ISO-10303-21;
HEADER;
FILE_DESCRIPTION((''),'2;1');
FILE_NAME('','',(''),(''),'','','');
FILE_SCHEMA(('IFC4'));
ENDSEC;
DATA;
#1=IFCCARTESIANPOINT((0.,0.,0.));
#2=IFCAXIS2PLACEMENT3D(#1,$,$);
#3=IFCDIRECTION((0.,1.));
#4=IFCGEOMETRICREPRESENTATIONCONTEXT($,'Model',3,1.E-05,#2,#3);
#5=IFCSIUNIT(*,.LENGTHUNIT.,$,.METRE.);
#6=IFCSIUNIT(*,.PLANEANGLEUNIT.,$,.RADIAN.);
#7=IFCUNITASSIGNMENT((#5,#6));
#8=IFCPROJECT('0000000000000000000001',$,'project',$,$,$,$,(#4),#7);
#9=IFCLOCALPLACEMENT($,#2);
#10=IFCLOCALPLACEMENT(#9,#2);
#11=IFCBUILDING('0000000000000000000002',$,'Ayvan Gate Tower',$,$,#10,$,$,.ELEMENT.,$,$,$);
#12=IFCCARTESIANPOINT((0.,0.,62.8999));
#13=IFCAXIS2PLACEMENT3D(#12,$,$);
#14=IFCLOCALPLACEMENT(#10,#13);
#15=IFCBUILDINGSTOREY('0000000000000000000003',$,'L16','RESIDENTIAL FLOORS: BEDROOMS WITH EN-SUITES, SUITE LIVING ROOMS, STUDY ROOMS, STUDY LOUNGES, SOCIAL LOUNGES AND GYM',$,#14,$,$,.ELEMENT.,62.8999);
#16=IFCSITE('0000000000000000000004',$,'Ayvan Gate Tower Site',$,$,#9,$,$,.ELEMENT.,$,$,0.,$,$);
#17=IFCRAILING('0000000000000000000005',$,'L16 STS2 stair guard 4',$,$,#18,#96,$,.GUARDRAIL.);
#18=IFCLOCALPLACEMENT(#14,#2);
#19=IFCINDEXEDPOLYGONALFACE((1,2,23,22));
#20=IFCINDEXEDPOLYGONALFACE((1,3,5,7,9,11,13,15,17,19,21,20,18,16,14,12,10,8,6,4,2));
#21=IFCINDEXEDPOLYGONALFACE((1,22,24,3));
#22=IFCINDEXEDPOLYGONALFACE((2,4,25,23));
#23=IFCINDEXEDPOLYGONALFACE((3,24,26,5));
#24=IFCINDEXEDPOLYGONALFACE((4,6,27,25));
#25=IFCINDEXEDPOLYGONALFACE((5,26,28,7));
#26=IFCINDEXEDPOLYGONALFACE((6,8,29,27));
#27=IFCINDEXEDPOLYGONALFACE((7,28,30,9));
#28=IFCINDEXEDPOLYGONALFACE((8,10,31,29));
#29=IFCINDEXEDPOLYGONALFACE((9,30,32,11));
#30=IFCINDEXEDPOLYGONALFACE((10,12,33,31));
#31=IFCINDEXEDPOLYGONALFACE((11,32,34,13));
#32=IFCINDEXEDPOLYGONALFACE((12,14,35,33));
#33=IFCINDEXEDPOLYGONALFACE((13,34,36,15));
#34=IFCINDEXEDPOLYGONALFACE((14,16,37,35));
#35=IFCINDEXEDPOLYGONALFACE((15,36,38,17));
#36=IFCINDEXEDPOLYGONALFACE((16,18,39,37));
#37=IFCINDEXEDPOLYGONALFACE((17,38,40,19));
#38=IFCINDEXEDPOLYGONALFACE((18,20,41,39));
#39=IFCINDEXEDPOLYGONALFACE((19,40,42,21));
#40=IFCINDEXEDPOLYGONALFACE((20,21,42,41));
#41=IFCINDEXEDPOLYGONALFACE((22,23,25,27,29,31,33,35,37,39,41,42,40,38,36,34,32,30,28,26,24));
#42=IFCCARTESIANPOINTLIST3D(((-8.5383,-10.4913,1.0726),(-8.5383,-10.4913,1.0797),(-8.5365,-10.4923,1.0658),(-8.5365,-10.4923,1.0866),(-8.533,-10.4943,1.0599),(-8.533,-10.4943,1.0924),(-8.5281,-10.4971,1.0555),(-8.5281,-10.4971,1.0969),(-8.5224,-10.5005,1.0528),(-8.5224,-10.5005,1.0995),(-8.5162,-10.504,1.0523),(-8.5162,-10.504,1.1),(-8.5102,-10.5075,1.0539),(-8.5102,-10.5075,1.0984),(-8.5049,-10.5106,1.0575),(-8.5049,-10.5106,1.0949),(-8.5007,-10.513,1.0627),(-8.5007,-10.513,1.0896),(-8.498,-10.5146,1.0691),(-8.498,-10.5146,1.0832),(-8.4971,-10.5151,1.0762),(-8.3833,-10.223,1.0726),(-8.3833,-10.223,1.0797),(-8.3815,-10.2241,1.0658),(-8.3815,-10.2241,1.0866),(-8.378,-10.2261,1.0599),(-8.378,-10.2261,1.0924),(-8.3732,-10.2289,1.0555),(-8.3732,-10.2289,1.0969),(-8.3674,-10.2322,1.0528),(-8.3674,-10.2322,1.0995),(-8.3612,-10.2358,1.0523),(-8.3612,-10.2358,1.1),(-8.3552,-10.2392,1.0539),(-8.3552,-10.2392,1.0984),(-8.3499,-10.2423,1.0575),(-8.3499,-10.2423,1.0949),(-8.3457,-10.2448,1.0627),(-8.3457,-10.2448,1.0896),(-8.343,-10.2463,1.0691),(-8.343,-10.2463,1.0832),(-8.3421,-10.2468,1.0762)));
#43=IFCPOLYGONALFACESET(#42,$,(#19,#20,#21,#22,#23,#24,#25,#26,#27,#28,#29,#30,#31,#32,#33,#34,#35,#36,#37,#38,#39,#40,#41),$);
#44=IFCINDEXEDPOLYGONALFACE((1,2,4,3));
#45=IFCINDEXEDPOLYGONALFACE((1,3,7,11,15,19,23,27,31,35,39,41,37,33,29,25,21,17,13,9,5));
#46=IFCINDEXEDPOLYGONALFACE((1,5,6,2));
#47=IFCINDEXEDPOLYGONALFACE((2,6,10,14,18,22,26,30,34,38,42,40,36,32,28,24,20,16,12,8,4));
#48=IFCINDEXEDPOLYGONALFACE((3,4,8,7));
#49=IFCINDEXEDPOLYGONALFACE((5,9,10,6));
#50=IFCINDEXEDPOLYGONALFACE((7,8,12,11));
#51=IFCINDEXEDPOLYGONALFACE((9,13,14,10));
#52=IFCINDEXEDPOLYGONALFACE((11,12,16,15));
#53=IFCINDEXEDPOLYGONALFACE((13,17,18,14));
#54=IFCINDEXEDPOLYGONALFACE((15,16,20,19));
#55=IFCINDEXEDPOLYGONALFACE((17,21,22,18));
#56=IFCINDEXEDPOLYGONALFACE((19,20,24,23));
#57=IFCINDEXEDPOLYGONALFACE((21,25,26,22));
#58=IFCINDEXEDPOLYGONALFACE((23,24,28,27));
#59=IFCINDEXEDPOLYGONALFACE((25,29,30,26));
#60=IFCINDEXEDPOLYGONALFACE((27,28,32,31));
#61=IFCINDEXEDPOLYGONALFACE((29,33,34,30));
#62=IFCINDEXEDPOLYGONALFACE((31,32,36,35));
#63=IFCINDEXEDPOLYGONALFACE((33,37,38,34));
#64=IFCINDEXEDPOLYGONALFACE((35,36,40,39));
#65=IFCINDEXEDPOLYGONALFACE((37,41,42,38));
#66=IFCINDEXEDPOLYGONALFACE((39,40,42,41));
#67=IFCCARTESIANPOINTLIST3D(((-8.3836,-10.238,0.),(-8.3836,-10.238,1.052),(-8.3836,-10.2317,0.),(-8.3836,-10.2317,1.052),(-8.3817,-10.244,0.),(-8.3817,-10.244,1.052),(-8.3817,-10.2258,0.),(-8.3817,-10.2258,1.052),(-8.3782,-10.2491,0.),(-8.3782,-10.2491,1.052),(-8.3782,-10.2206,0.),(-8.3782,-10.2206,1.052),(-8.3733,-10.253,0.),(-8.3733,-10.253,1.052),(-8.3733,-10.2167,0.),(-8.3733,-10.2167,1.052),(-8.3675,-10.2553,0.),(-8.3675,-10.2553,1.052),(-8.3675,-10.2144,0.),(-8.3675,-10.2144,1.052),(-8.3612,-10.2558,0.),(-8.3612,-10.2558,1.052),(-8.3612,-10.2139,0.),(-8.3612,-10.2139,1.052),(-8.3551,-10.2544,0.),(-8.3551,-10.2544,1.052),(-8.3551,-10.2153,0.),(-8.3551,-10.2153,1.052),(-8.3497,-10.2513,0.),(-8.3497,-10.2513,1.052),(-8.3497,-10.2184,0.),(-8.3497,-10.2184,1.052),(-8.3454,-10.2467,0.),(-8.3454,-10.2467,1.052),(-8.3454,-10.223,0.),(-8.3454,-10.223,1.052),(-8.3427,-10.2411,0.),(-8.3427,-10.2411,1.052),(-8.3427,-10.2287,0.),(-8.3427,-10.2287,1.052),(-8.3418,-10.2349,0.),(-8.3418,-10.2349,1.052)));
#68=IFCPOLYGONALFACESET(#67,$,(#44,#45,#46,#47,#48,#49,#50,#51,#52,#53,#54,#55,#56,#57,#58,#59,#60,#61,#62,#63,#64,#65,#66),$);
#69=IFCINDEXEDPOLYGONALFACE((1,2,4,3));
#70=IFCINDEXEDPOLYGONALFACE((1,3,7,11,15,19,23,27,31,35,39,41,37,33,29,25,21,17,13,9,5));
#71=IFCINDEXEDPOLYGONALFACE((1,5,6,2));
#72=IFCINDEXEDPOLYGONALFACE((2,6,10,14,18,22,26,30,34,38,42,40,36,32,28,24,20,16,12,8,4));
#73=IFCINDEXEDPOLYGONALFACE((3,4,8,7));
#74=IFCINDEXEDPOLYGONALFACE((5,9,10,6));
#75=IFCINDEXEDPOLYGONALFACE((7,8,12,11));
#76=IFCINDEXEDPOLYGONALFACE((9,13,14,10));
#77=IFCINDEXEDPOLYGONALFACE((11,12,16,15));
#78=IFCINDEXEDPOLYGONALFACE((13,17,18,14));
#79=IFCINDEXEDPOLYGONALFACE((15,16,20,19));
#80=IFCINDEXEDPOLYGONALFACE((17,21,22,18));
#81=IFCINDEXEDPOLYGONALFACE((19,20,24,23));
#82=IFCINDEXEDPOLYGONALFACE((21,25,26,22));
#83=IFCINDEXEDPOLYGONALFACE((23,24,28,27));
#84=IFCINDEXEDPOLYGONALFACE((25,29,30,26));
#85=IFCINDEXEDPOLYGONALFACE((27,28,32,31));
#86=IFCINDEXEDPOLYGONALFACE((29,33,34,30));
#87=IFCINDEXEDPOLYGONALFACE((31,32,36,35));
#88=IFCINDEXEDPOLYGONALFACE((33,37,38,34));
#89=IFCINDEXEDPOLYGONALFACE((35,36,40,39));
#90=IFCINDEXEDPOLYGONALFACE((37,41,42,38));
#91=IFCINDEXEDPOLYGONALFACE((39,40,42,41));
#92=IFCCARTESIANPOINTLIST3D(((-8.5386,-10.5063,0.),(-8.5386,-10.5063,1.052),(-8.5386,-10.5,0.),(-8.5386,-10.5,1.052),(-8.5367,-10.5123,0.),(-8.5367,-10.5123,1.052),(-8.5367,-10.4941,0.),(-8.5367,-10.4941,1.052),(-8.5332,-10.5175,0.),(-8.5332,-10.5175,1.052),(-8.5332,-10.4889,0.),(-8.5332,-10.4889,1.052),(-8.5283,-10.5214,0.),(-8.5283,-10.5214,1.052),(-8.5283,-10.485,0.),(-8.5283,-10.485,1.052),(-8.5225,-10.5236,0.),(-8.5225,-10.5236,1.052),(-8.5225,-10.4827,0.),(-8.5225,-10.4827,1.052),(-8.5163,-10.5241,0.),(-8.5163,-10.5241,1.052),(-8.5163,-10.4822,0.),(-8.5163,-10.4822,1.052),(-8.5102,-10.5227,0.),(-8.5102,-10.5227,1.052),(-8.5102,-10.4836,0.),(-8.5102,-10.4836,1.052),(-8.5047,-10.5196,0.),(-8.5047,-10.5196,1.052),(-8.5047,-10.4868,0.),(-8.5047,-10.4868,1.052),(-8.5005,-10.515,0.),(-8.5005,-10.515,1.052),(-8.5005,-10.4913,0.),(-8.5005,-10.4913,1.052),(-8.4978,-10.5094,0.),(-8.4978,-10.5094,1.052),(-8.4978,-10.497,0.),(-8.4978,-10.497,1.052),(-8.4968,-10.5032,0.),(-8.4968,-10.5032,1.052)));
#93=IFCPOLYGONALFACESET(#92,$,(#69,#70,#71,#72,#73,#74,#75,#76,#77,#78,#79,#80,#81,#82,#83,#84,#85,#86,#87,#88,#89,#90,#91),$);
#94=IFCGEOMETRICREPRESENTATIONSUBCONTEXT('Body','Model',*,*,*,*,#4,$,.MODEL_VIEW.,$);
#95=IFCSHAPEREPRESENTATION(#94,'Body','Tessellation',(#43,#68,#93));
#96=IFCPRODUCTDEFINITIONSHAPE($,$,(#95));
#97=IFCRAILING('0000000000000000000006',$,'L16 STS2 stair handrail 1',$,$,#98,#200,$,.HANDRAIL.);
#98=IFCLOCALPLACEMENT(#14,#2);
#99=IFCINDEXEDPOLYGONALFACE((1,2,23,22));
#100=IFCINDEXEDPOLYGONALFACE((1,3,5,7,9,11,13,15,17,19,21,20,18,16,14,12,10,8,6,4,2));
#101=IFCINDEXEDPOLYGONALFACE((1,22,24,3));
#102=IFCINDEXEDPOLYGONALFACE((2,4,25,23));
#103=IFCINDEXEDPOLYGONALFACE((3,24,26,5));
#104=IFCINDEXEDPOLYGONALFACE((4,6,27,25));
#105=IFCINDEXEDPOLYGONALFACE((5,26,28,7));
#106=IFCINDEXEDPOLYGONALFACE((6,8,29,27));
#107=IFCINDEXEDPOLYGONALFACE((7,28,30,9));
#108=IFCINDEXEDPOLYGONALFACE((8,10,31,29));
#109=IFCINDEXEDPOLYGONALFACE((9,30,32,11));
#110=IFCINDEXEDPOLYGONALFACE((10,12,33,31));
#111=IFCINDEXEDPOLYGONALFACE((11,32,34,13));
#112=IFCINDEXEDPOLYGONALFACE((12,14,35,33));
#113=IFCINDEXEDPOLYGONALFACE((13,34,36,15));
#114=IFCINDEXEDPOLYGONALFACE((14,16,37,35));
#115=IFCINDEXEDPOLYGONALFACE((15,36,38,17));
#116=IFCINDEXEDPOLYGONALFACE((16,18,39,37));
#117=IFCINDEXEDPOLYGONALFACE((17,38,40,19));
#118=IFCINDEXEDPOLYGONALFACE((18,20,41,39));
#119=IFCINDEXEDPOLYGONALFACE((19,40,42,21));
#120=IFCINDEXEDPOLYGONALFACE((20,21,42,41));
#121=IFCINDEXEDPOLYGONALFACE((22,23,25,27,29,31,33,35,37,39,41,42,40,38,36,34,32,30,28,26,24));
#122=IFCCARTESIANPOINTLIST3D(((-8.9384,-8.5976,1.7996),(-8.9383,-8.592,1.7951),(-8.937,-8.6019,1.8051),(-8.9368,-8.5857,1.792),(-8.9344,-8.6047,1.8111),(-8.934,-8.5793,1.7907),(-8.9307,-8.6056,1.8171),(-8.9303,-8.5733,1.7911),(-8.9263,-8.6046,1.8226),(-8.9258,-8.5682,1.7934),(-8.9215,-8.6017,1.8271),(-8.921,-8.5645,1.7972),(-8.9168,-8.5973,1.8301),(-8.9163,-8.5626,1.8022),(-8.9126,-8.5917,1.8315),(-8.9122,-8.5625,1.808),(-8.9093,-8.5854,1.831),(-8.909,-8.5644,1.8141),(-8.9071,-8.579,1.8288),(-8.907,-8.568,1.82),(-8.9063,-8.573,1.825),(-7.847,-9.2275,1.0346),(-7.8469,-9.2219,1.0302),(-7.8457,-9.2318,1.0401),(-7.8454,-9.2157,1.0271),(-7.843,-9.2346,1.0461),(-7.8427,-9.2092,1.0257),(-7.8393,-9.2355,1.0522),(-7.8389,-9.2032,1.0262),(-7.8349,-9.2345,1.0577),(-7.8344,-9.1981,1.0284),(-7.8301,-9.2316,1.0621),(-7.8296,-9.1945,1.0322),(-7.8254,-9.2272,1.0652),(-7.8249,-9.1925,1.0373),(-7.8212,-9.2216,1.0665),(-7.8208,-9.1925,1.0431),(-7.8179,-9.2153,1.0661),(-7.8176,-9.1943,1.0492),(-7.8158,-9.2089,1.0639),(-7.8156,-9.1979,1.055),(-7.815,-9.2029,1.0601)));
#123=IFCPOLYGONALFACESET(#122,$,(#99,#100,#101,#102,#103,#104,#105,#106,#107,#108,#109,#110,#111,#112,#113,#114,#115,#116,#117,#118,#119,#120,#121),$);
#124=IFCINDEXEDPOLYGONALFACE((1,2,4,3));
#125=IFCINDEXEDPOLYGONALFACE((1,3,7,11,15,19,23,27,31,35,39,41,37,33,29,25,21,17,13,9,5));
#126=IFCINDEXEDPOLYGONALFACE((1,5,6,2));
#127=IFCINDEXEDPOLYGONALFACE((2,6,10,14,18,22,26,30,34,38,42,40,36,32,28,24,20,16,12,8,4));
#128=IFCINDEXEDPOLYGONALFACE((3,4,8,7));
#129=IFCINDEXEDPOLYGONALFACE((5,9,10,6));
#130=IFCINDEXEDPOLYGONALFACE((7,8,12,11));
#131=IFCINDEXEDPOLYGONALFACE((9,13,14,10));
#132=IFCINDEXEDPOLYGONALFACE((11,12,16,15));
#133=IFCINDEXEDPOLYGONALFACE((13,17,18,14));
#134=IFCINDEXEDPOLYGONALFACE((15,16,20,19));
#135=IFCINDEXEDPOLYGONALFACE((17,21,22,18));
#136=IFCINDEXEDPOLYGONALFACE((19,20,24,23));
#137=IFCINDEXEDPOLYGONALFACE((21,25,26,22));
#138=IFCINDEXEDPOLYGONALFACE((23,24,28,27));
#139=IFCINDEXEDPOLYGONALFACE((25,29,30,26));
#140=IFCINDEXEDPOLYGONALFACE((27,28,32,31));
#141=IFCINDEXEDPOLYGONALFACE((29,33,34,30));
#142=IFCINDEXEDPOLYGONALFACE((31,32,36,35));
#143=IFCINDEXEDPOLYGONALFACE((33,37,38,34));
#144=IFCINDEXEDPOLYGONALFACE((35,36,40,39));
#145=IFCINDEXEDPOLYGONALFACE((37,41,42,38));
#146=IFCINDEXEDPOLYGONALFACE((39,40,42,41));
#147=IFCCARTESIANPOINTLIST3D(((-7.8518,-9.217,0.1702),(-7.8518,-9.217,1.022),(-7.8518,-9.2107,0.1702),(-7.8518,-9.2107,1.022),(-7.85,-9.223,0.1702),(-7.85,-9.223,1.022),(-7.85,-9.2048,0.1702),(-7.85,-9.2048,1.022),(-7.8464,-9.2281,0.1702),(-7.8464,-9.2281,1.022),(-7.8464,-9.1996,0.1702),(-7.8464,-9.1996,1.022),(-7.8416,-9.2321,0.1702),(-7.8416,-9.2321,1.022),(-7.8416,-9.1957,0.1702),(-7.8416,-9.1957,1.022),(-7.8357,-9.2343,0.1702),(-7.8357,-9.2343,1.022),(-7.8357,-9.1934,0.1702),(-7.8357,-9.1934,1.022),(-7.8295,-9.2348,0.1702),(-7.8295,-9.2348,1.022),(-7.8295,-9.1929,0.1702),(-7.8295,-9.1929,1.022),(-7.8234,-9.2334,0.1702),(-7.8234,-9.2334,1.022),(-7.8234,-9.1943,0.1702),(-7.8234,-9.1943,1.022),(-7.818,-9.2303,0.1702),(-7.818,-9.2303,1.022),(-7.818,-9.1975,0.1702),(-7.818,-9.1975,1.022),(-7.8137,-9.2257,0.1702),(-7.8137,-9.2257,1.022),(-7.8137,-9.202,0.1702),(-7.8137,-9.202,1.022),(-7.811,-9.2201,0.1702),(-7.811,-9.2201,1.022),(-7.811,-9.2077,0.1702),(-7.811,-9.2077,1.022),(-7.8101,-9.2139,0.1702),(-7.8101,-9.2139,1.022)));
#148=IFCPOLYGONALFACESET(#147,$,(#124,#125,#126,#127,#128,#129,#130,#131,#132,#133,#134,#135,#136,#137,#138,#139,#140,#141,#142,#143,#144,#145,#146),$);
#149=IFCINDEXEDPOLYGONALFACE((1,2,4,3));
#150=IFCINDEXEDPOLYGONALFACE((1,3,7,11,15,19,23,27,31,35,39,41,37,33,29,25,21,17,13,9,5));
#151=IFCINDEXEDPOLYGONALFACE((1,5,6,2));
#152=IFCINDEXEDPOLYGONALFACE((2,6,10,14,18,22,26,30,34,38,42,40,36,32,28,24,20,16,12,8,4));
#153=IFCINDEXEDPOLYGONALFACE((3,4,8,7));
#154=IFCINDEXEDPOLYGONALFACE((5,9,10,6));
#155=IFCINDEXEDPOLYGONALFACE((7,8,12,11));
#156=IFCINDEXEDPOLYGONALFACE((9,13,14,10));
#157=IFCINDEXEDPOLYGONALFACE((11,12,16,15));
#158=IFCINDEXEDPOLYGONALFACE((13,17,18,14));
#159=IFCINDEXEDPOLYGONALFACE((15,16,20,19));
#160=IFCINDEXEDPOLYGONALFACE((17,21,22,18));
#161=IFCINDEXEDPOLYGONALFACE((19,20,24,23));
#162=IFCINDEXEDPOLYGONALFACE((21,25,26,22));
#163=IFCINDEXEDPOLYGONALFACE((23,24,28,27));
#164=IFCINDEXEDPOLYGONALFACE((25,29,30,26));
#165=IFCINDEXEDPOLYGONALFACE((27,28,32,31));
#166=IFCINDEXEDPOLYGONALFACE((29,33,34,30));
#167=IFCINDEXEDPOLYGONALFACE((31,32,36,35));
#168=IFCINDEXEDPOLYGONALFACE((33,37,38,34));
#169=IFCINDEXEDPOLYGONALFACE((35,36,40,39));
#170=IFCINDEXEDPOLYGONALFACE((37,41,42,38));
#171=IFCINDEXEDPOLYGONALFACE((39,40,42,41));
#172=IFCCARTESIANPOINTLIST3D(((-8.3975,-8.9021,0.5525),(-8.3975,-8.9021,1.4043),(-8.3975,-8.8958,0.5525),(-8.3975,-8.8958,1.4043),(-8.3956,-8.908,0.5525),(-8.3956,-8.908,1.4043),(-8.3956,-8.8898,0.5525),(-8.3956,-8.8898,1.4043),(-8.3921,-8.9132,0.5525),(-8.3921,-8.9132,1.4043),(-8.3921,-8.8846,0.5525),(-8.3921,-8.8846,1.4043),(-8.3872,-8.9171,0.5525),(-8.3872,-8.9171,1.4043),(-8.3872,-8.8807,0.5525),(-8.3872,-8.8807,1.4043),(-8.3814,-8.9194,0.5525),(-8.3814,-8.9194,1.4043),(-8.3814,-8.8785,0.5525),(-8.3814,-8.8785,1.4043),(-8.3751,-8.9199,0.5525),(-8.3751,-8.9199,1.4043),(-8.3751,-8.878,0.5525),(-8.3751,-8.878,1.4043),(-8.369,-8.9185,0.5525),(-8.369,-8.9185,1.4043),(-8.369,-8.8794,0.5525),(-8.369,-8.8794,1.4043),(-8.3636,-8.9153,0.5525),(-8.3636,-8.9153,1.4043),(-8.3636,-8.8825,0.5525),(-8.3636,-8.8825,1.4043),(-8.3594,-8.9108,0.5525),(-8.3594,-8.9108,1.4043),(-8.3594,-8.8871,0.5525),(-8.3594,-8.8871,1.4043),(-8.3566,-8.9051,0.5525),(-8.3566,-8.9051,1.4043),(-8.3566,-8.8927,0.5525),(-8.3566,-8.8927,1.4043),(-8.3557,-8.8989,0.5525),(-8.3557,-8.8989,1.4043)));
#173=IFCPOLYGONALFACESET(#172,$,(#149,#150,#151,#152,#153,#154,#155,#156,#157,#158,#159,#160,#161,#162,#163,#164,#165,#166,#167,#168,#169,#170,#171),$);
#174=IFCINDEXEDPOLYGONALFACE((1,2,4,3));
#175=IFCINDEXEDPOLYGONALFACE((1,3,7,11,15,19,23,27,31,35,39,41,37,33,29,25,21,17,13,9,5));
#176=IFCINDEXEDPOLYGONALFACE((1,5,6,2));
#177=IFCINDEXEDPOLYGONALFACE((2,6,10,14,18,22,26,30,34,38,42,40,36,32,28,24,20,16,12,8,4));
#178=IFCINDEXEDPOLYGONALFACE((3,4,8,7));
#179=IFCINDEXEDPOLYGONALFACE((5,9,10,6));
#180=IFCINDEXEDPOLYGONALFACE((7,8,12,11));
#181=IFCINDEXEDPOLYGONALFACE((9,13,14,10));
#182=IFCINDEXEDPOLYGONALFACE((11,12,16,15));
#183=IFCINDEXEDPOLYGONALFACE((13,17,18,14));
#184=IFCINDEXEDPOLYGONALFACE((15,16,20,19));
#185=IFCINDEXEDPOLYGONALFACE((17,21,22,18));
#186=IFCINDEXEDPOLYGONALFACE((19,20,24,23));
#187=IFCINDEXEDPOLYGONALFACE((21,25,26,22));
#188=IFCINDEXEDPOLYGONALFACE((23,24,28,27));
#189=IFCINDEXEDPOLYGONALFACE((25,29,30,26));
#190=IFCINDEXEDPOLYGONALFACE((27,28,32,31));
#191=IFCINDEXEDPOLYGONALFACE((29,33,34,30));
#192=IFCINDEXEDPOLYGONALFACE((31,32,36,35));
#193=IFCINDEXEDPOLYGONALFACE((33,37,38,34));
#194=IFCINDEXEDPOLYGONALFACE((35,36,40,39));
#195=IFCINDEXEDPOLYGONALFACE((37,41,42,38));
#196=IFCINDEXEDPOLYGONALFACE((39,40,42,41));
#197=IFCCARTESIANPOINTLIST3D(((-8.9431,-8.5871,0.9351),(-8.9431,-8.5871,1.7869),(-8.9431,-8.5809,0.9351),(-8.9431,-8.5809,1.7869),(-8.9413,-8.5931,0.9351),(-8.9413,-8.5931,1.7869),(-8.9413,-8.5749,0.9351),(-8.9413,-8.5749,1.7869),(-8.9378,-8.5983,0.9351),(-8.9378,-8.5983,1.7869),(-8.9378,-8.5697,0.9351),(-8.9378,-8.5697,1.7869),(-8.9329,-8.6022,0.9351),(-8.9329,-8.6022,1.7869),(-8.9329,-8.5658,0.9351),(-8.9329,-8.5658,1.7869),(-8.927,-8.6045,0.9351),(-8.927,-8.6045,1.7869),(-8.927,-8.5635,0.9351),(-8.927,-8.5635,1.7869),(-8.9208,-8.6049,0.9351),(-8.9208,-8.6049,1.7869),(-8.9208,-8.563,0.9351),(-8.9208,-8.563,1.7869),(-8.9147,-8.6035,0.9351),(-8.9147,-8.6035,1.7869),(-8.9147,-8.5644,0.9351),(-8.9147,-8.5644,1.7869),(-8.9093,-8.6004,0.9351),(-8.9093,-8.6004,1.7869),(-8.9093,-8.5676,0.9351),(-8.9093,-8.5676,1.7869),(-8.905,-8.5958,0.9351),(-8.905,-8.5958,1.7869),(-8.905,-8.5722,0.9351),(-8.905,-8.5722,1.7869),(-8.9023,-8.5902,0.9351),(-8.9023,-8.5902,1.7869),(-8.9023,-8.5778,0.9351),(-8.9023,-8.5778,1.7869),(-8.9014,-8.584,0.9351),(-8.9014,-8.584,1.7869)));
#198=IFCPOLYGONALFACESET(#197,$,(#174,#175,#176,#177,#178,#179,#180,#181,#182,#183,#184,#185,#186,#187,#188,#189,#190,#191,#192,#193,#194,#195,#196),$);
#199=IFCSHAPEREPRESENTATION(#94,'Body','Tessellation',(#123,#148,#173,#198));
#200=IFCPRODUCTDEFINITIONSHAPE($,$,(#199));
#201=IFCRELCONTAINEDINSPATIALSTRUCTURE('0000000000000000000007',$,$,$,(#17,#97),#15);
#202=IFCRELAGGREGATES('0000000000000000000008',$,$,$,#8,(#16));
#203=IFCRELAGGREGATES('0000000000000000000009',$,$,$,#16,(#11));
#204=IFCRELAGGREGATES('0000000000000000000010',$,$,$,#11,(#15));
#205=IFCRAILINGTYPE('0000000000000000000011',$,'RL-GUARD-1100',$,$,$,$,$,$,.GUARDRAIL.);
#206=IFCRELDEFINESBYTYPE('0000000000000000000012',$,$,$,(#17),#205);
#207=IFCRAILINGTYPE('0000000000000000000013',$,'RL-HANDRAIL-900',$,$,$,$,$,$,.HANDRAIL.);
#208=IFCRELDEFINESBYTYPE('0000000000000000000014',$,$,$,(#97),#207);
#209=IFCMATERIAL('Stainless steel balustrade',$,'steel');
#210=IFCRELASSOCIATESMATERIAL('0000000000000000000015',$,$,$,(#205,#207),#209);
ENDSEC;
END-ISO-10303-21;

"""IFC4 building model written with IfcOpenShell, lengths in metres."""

from ifc_helpers import new_model, si_unit, direction, frame, origin, origin_2d, place, context, subcontext, project, spatial, circle, extrude, material, type_object, element, save


model = new_model("IFC4")

# Units and contexts
model_context = context("Model", 3, precision=1e-05, world=origin(), true_north=direction((0.0, 1.0)))
body_context = subcontext(model_context, "Body", "Model", "MODEL_VIEW")
ifc_project = project(units=[si_unit("LENGTHUNIT", "METRE"), si_unit("PLANEANGLEUNIT", "RADIAN")], contexts=[model_context])

# Site, building, storey
site_placement = place(None, origin())
site = spatial("IfcSite", under=ifc_project, at=site_placement, Name="Ayvan Gate Tower Site", CompositionType="ELEMENT", RefElevation=0.0)
building_placement = place(site_placement, origin())
building = spatial("IfcBuilding", under=site, at=building_placement, Name="Ayvan Gate Tower", CompositionType="ELEMENT")
storey_placement = place(building_placement, frame((0.0, 0.0, 62.8999)))
storey = spatial("IfcBuildingStorey", under=building, at=storey_placement, Name="L16", Description="RESIDENTIAL FLOORS: BEDROOMS WITH EN-SUITES, SUITE LIVING ROOMS, STUDY ROOMS, STUDY LOUNGES, SOCIAL LOUNGES AND GYM", CompositionType="ELEMENT", Elevation=62.8999)

# Railings
ifc_material_1 = material(Name="Stainless steel balustrade", Category="steel")
railing_type_1 = type_object("IfcRailingType", Name="RL-GUARD-1100", PredefinedType="GUARDRAIL", material=ifc_material_1)
railing_1_placement = place(storey_placement, frame((-8.3628, -10.2349, 0.0)))
element("IfcRailing", 1, at=railing_1_placement, inside=storey, type_object=railing_type_1, Name="L16 STS2 stair guard 4", PredefinedType="GUARDRAIL", context=body_context, shape_type="SweptSolid", body=[
    extrude(circle(Radius=0.0239, at=origin_2d()), frame((0.0, 0.0, 1.0762), z_axis=(-0.500291, -0.865857, 0.0), x_axis=(0.865857, -0.500291, 0.0)), (0.0, 0.0, 1.0), 0.3098),
    extrude(circle(Radius=0.021, at=origin_2d()), origin(), (0.0, 0.0, 1.0), 1.052),
    extrude(circle(Radius=0.021, at=origin_2d()), frame((-0.155, -0.2683, 0.0)), (0.0, 0.0, 1.0), 1.052),
])
railing_type_2 = type_object("IfcRailingType", Name="RL-HANDRAIL-900", PredefinedType="HANDRAIL", material=ifc_material_1)
railing_2_placement = place(storey_placement, frame((-7.8311, -9.2139, 0.1702)))
element("IfcRailing", 2, at=railing_2_placement, inside=storey, type_object=railing_type_2, Name="L16 STS2 stair handrail 1", PredefinedType="HANDRAIL", context=body_context, shape_type="SweptSolid", body=[
    extrude(circle(Radius=0.0239, at=origin_2d()), frame((0.0, 0.0, 0.876), z_axis=(-0.740357, 0.42732, 0.518912), x_axis=(-0.49989, -0.866089, 0.0)), (0.0, 0.0, 1.0), 1.4741),
    extrude(circle(Radius=0.021, at=origin_2d()), origin(), (0.0, 0.0, 1.0), 0.8518),
    extrude(circle(Radius=0.021, at=origin_2d()), frame((-0.5457, 0.3149, 0.3823)), (0.0, 0.0, 1.0), 0.8518),
    extrude(circle(Radius=0.021, at=origin_2d()), frame((-1.0913, 0.6299, 0.7649)), (0.0, 0.0, 1.0), 0.8518),
])

save(model, "model.ifc")
